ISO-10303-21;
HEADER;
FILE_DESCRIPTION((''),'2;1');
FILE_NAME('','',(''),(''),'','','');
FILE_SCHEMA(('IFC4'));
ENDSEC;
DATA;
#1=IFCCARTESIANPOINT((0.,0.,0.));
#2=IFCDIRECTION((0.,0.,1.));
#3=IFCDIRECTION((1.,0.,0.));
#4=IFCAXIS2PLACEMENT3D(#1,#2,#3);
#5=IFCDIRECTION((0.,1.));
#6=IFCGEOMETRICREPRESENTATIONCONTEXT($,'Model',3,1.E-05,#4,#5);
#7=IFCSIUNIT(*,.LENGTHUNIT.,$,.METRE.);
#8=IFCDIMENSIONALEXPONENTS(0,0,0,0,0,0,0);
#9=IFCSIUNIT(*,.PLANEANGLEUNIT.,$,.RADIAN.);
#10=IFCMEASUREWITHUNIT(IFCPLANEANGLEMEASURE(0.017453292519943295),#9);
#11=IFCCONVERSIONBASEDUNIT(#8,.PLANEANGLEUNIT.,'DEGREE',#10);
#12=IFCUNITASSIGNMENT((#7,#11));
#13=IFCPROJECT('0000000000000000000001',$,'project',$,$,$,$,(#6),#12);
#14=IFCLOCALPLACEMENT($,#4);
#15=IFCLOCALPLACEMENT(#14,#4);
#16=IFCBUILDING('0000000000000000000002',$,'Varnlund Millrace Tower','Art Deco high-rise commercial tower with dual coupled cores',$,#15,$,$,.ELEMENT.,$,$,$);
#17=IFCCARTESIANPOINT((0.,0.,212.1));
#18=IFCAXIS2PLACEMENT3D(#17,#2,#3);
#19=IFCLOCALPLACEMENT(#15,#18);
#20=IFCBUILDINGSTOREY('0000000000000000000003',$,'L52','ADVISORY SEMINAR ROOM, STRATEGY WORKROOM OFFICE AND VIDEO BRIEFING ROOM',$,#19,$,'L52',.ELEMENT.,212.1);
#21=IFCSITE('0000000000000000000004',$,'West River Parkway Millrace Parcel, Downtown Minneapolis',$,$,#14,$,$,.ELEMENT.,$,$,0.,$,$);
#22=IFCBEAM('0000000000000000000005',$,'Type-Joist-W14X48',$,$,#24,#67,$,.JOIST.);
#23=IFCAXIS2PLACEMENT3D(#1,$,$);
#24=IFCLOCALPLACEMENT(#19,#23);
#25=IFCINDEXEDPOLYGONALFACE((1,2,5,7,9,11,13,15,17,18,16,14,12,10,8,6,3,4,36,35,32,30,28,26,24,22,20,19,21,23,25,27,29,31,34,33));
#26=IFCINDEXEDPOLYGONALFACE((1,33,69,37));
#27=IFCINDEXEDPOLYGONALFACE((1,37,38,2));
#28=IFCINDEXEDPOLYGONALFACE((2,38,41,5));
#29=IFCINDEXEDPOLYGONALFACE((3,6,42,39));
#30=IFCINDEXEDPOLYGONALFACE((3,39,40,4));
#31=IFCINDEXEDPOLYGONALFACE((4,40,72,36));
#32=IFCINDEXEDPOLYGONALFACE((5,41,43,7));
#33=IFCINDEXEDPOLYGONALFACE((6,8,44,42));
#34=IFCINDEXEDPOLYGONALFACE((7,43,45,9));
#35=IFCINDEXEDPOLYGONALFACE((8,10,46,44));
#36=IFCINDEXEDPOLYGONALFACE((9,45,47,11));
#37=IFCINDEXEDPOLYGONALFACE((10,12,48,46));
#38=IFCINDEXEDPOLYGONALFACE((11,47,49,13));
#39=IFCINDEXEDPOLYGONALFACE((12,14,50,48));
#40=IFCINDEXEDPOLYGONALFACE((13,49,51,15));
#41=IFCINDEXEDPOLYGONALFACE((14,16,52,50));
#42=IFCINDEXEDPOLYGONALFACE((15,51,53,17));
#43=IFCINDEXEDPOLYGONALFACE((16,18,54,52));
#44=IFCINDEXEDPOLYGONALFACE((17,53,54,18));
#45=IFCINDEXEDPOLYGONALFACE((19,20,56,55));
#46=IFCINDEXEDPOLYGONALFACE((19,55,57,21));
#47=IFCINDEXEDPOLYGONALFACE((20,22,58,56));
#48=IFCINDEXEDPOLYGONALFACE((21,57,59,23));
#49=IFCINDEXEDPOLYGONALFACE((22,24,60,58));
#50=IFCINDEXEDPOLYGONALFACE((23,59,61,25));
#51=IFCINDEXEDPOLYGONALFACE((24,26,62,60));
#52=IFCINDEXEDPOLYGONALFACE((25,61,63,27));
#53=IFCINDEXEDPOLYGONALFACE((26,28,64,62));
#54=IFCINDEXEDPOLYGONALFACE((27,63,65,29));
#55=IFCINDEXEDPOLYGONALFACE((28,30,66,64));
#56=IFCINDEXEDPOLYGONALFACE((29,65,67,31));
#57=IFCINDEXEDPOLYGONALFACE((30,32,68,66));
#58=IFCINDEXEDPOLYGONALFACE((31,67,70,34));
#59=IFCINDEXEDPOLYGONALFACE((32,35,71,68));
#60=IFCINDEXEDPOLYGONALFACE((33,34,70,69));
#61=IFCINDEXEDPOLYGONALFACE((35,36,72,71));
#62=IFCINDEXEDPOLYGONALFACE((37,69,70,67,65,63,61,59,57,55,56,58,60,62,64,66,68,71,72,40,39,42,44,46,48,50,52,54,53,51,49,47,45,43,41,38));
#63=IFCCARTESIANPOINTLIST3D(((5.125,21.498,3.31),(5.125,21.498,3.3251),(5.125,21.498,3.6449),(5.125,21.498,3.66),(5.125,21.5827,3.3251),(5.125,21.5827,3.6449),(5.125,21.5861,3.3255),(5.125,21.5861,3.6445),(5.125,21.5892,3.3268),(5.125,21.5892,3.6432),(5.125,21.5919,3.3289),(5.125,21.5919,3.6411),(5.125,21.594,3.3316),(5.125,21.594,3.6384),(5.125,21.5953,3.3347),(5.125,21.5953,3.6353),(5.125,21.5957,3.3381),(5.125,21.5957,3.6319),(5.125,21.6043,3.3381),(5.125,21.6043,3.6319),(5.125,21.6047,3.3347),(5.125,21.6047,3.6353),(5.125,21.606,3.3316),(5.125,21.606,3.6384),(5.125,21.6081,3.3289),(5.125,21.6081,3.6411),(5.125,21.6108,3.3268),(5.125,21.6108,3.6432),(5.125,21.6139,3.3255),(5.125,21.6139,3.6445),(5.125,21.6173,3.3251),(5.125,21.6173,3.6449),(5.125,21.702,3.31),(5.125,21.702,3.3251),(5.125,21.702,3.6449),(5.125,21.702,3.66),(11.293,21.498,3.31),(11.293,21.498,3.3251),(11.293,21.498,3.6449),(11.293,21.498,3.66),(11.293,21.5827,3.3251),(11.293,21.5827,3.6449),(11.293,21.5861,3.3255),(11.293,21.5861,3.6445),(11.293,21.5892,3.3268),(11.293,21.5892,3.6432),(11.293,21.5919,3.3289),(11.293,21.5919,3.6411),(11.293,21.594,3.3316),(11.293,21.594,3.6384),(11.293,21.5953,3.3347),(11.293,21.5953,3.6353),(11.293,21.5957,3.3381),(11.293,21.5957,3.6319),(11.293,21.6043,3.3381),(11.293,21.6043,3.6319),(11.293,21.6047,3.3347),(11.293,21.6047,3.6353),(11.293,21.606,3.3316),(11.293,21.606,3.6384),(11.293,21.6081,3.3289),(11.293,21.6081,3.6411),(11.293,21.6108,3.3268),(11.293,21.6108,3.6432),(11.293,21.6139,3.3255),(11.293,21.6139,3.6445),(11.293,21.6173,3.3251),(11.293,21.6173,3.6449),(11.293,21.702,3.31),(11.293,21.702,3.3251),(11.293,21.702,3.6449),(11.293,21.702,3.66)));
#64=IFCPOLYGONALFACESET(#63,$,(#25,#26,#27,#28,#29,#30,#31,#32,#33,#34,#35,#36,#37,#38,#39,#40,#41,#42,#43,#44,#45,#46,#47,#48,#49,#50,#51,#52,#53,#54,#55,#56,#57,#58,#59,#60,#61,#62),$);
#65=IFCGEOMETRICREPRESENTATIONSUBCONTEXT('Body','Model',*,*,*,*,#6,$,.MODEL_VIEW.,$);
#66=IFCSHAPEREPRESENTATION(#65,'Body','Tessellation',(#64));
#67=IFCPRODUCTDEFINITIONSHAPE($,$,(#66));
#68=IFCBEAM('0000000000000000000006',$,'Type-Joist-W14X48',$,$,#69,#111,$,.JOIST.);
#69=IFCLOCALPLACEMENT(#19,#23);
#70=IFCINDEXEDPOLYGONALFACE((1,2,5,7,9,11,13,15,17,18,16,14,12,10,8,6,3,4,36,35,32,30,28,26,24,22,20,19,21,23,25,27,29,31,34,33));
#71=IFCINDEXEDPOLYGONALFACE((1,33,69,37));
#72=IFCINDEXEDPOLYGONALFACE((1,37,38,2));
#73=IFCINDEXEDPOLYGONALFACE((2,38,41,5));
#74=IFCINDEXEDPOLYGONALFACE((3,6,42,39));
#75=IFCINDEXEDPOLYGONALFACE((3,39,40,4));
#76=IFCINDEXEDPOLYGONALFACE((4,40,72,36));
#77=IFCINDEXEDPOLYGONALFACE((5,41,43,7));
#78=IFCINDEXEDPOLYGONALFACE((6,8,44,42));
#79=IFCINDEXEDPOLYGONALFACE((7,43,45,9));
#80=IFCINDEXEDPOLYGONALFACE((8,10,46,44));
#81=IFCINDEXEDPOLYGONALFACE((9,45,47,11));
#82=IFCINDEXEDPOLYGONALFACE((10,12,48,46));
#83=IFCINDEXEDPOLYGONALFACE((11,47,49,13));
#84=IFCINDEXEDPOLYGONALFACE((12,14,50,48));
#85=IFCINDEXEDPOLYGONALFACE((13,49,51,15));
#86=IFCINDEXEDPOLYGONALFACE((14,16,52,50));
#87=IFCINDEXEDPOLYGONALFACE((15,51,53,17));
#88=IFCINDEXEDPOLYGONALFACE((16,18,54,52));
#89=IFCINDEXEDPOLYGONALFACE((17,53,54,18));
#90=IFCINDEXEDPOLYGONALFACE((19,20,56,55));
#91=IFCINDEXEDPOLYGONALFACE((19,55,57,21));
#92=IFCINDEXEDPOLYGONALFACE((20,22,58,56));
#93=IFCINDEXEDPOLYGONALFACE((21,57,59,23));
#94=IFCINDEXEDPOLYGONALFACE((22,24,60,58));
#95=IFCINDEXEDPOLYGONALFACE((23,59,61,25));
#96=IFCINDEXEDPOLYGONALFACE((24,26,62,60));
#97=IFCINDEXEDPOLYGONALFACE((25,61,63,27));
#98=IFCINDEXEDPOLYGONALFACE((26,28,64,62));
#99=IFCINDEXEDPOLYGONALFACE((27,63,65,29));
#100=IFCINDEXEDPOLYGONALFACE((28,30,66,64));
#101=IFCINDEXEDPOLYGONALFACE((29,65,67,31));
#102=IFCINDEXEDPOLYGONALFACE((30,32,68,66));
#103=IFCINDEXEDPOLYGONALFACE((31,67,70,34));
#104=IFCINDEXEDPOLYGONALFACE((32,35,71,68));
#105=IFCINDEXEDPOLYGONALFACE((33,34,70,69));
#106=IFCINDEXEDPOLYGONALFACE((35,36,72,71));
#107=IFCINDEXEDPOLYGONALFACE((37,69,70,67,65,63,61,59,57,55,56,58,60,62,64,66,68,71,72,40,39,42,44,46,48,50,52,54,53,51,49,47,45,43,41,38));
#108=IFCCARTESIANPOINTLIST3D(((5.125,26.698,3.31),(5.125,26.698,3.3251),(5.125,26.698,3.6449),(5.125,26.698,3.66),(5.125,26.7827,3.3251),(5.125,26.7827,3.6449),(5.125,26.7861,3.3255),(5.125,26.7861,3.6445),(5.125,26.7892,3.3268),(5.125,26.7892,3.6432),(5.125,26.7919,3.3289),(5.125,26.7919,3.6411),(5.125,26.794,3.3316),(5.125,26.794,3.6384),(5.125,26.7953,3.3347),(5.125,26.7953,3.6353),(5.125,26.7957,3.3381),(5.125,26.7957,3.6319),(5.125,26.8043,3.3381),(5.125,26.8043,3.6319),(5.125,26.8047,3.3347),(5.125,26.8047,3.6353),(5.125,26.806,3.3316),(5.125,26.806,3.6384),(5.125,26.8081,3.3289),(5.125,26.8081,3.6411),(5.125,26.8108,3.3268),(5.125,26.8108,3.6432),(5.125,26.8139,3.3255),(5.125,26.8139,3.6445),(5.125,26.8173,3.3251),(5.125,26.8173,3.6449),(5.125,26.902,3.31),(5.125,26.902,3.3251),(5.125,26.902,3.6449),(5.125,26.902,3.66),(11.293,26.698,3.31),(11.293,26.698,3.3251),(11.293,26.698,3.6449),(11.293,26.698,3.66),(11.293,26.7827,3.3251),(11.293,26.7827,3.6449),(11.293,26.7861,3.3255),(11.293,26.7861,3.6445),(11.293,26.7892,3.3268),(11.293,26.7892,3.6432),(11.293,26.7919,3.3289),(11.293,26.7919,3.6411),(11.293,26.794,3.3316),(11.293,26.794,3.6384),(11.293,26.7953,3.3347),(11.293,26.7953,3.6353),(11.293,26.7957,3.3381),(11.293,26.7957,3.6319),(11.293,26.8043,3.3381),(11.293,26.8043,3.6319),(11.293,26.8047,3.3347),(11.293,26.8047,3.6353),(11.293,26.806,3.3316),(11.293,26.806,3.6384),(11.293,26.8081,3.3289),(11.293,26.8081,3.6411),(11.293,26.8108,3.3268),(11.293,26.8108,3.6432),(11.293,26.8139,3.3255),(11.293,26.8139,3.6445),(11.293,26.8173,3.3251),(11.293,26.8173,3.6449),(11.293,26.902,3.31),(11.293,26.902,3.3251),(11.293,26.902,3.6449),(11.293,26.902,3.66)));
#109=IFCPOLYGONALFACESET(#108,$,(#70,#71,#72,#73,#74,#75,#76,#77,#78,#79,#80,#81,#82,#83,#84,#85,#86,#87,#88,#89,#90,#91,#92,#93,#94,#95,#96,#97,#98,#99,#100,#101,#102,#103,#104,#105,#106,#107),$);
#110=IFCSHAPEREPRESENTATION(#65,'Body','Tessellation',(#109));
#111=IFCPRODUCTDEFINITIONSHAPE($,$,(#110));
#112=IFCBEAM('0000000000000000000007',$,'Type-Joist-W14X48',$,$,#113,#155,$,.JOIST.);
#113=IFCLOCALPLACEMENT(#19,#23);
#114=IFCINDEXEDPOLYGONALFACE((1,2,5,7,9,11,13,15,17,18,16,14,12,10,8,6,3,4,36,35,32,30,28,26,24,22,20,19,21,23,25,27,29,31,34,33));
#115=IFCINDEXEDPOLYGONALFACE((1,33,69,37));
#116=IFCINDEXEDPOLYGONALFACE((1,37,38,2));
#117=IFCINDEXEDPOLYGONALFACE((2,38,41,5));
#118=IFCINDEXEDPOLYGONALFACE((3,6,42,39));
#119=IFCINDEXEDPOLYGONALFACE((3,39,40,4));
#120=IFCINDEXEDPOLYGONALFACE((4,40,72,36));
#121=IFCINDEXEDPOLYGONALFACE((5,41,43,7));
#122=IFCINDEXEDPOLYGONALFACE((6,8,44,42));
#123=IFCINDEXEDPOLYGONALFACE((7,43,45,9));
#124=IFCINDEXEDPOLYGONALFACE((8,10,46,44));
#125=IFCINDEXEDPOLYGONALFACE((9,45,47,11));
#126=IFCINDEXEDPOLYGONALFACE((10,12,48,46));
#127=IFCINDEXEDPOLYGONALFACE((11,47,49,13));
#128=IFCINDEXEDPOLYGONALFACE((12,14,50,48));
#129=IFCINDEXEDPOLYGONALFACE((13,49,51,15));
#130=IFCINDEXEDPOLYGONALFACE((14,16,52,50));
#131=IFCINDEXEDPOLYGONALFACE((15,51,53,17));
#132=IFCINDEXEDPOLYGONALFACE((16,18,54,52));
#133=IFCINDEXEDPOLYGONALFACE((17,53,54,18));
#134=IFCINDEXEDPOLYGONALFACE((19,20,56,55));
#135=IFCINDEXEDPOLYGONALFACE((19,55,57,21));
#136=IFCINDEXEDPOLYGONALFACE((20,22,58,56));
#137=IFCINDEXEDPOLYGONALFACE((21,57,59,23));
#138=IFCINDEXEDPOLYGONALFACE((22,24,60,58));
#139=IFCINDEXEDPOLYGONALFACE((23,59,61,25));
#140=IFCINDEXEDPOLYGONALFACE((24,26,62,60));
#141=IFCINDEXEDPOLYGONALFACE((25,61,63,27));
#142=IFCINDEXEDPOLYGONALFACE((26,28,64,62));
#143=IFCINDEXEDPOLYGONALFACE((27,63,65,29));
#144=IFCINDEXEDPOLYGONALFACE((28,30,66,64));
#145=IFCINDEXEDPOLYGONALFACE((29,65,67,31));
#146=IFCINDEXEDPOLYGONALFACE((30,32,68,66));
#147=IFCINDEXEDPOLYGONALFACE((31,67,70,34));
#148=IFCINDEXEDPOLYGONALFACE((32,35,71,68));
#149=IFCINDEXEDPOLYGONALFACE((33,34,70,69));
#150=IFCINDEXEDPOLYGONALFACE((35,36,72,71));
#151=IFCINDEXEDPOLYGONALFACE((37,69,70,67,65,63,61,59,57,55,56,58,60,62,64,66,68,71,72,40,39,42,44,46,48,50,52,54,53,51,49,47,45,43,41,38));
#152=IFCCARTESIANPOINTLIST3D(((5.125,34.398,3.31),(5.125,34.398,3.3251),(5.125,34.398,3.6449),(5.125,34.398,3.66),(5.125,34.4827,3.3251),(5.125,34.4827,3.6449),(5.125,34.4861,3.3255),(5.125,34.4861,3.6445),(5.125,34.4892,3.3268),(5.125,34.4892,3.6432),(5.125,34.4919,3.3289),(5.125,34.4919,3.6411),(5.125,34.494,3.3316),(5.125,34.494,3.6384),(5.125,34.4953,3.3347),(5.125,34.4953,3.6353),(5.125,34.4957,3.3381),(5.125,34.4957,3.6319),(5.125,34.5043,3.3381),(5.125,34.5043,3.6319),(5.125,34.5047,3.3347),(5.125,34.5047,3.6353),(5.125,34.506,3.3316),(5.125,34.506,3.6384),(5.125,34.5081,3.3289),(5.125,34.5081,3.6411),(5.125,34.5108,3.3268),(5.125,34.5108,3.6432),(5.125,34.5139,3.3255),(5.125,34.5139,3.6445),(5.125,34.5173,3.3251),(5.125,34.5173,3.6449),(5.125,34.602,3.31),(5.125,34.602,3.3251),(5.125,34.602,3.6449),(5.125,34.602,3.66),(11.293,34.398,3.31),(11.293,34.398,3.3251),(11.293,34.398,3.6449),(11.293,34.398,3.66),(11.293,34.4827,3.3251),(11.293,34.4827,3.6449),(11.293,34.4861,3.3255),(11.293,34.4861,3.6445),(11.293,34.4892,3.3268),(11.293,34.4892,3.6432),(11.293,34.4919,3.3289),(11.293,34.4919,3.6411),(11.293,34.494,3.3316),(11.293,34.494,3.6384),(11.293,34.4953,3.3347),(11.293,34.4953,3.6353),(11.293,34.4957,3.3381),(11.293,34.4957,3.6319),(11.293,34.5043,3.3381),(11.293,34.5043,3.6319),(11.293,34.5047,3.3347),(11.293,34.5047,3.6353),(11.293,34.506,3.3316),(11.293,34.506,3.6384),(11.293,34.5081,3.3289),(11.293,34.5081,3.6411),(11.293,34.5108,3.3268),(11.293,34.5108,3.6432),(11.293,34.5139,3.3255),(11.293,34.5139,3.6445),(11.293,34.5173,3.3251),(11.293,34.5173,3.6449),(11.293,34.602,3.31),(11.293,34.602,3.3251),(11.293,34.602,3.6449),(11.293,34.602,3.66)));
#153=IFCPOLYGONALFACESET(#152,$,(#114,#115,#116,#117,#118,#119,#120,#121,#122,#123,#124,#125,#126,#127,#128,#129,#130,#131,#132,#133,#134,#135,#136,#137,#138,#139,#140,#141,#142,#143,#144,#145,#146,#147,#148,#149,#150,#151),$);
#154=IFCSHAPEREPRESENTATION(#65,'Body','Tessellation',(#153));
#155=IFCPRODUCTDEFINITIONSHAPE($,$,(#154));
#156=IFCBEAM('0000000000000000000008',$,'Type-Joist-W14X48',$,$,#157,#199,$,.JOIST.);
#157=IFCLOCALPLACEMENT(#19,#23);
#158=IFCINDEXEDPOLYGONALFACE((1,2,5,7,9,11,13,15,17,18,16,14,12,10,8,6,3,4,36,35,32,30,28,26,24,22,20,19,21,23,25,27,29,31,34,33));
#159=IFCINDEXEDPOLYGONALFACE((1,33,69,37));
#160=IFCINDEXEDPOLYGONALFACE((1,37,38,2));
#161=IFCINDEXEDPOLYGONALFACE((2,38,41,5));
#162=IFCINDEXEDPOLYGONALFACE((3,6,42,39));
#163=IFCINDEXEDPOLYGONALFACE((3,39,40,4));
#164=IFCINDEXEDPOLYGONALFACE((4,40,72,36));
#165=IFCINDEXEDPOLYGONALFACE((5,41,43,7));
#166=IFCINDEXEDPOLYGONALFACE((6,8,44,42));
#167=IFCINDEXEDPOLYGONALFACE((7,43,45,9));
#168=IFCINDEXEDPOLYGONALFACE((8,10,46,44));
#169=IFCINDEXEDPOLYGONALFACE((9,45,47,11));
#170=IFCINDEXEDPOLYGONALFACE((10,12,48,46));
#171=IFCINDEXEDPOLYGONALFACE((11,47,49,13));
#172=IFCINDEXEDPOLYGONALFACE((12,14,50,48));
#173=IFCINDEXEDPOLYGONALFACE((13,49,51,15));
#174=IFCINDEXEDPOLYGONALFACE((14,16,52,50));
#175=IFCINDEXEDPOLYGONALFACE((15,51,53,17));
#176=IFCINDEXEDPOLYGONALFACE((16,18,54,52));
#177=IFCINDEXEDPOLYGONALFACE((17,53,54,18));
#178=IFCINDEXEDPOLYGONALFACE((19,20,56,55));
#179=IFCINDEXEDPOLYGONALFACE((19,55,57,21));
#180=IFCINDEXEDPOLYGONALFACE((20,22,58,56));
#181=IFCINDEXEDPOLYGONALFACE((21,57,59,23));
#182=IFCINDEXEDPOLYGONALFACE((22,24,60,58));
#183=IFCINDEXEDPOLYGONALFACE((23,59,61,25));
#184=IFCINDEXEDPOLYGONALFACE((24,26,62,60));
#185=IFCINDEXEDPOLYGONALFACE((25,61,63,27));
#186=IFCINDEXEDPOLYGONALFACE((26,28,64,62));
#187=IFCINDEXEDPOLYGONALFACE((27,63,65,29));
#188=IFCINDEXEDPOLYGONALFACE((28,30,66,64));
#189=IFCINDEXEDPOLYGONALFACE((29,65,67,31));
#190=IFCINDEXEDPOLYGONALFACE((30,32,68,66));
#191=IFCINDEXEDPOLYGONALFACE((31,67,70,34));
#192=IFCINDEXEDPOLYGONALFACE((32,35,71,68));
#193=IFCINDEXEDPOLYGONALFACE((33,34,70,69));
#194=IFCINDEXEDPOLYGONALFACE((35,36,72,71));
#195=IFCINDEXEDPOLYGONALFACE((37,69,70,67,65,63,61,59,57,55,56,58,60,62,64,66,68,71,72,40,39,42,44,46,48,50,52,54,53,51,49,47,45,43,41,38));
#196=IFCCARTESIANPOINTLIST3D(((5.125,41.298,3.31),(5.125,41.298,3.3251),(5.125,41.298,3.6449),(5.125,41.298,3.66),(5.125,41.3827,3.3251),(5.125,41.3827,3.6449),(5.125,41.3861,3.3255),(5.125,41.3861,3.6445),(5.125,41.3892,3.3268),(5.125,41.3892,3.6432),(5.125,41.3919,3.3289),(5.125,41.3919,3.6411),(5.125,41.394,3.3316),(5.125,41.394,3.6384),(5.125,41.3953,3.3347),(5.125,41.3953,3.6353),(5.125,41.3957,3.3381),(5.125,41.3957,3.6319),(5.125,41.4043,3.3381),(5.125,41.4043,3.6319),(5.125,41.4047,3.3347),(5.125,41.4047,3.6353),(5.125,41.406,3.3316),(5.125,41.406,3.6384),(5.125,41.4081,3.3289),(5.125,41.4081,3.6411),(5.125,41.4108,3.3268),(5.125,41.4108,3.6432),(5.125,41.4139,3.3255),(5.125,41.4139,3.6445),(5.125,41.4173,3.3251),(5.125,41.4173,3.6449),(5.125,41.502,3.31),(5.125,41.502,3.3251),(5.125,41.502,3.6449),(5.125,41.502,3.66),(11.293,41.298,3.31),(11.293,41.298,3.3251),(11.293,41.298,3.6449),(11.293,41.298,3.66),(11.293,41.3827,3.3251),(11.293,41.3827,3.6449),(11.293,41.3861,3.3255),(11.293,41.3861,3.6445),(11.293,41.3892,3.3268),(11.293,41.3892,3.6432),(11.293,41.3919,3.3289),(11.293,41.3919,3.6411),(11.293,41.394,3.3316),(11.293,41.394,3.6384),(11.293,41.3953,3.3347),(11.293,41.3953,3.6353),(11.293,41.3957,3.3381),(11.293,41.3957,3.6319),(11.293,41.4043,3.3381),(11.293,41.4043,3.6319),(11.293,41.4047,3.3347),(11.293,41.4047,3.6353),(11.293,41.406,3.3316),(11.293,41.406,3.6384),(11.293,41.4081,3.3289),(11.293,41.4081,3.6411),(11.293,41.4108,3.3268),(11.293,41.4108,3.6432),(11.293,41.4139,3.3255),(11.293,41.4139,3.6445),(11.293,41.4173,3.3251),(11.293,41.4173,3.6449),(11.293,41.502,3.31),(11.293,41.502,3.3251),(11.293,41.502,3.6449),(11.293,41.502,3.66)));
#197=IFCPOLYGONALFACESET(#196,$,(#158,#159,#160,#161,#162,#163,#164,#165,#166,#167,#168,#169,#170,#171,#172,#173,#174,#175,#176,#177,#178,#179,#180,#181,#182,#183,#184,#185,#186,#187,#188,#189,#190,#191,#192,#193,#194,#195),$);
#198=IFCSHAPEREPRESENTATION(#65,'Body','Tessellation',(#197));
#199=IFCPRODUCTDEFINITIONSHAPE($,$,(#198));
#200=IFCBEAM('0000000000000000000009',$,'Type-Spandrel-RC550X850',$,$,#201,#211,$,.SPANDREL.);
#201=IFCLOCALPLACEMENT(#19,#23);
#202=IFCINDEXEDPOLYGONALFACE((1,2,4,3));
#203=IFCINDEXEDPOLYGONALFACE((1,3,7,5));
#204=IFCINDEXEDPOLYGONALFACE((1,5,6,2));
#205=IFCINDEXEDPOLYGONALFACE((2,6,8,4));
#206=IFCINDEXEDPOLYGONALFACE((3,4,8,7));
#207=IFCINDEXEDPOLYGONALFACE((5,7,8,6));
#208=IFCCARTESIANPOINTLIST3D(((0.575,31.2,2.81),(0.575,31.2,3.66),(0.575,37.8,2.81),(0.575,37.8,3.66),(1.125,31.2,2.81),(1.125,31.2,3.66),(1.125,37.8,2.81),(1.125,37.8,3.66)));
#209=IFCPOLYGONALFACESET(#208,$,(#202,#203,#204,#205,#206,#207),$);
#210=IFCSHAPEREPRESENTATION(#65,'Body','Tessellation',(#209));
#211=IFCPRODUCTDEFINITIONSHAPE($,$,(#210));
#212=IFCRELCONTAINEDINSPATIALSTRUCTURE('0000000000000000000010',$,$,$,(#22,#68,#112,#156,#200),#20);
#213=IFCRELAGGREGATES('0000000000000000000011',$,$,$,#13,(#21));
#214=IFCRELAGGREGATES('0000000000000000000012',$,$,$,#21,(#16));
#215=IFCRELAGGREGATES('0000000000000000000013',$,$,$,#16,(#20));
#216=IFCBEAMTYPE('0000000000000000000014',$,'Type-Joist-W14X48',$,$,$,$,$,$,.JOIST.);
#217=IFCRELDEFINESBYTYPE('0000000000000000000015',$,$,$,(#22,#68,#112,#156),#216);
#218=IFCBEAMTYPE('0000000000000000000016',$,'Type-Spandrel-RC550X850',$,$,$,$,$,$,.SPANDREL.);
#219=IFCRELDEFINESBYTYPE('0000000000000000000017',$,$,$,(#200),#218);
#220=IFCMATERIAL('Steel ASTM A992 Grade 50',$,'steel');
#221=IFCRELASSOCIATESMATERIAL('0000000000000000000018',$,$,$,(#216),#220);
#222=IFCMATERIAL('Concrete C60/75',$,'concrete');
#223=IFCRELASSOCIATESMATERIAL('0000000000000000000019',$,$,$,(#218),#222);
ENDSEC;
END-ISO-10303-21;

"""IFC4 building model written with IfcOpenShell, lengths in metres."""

from ifc_helpers import new_model, entity, si_unit, converted_unit, direction, frame, origin_with_axes, origin_2d_with_axis, place, context, subcontext, project, spatial, rectangle, i_section, extrude, material, material_profile, profile_set, type_object, element, save


model = new_model("IFC4")

# Units and contexts
model_context = context("Model", 3, precision=1e-05, world=origin_with_axes(), true_north=direction((0.0, 1.0)))
body_context = subcontext(model_context, "Body", "Model", "MODEL_VIEW")
ifc_project = project(units=[si_unit("LENGTHUNIT", "METRE"), converted_unit("PLANEANGLEUNIT", "DEGREE", entity("IfcPlaneAngleMeasure", 0.017453292519943295), si_unit("PLANEANGLEUNIT", "RADIAN"), dimensions=[0, 0, 0, 0, 0, 0, 0])], contexts=[model_context])

# Site, building, storey
site_placement = place(None, origin_with_axes())
site = spatial("IfcSite", under=ifc_project, at=site_placement, Name="West River Parkway Millrace Parcel, Downtown Minneapolis", CompositionType="ELEMENT", RefElevation=0.0)
building_placement = place(site_placement, origin_with_axes())
building = spatial("IfcBuilding", under=site, at=building_placement, Name="Varnlund Millrace Tower", Description="Art Deco high-rise commercial tower with dual coupled cores", CompositionType="ELEMENT")
storey_placement = place(building_placement, frame((0.0, 0.0, 212.1), z_axis=(0.0, 0.0, 1.0), x_axis=(1.0, 0.0, 0.0)))
storey = spatial("IfcBuildingStorey", under=building, at=storey_placement, Name="L52", Description="ADVISORY SEMINAR ROOM, STRATEGY WORKROOM OFFICE AND VIDEO BRIEFING ROOM", LongName="L52", CompositionType="ELEMENT", Elevation=212.1)

# Beams
ifc_material_1 = material(Name="Steel ASTM A992 Grade 50", Category="steel")
ifc_material_profile_1 = material_profile(ifc_material_1, i_section(OverallWidth=0.204, OverallDepth=0.35, WebThickness=0.0086, FlangeThickness=0.0151, FilletRadius=0.013, at=origin_2d_with_axis()), Name="Steel ASTM A992 Grade 50")
ifc_profile_set_1 = profile_set([ifc_material_profile_1], Name="Steel ASTM A992 Grade 50")
beam_type_1 = type_object("IfcBeamType", Name="Type-Joist-W14X48", PredefinedType="JOIST", material=ifc_profile_set_1)
for number, where, z_axis, x_axis, name in (
    (1, (5.125, 21.6, 3.485), (1.0, 0.0, 0.0), (0.0, 1.0, 0.0), "Type-Joist-W14X48"),
    (2, (5.125, 26.8, 3.485), (1.0, 0.0, 0.0), (0.0, 1.0, 0.0), "Type-Joist-W14X48"),
    (3, (5.125, 34.5, 3.485), (1.0, 0.0, 0.0), (0.0, 1.0, 0.0), "Type-Joist-W14X48"),
    (4, (5.125, 41.4, 3.485), (1.0, 0.0, 0.0), (0.0, 1.0, 0.0), "Type-Joist-W14X48"),
):
    element("IfcBeam", number, at=place(storey_placement, frame(where, z_axis=z_axis, x_axis=x_axis)), inside=storey, type_object=beam_type_1, Name=name, PredefinedType="JOIST", context=body_context, shape_type="SweptSolid", body=[
        extrude(i_section(OverallWidth=0.204, OverallDepth=0.35, WebThickness=0.0086, FlangeThickness=0.0151, FilletRadius=0.013, at=origin_2d_with_axis()), origin_with_axes(), (0.0, 0.0, 1.0), 6.168),
    ])
ifc_material_2 = material(Name="Concrete C60/75", Category="concrete")
ifc_material_profile_2 = material_profile(ifc_material_2, rectangle(XDim=0.55, YDim=0.85, at=origin_2d_with_axis()), Name="Concrete C60/75")
ifc_profile_set_2 = profile_set([ifc_material_profile_2], Name="Concrete C60/75")
beam_type_2 = type_object("IfcBeamType", Name="Type-Spandrel-RC550X850", PredefinedType="SPANDREL", material=ifc_profile_set_2)
beam_1_placement = place(storey_placement, frame((0.85, 31.2, 3.235), z_axis=(0.0, 1.0, 0.0), x_axis=(-1.0, 0.0, 0.0)))
element("IfcBeam", 5, at=beam_1_placement, inside=storey, type_object=beam_type_2, Name="Type-Spandrel-RC550X850", PredefinedType="SPANDREL", context=body_context, shape_type="SweptSolid", body=[
    extrude(rectangle(XDim=0.55, YDim=0.85, at=origin_2d_with_axis()), origin_with_axes(), (0.0, 0.0, 1.0), 6.6),
])

save(model, "model.ifc")
